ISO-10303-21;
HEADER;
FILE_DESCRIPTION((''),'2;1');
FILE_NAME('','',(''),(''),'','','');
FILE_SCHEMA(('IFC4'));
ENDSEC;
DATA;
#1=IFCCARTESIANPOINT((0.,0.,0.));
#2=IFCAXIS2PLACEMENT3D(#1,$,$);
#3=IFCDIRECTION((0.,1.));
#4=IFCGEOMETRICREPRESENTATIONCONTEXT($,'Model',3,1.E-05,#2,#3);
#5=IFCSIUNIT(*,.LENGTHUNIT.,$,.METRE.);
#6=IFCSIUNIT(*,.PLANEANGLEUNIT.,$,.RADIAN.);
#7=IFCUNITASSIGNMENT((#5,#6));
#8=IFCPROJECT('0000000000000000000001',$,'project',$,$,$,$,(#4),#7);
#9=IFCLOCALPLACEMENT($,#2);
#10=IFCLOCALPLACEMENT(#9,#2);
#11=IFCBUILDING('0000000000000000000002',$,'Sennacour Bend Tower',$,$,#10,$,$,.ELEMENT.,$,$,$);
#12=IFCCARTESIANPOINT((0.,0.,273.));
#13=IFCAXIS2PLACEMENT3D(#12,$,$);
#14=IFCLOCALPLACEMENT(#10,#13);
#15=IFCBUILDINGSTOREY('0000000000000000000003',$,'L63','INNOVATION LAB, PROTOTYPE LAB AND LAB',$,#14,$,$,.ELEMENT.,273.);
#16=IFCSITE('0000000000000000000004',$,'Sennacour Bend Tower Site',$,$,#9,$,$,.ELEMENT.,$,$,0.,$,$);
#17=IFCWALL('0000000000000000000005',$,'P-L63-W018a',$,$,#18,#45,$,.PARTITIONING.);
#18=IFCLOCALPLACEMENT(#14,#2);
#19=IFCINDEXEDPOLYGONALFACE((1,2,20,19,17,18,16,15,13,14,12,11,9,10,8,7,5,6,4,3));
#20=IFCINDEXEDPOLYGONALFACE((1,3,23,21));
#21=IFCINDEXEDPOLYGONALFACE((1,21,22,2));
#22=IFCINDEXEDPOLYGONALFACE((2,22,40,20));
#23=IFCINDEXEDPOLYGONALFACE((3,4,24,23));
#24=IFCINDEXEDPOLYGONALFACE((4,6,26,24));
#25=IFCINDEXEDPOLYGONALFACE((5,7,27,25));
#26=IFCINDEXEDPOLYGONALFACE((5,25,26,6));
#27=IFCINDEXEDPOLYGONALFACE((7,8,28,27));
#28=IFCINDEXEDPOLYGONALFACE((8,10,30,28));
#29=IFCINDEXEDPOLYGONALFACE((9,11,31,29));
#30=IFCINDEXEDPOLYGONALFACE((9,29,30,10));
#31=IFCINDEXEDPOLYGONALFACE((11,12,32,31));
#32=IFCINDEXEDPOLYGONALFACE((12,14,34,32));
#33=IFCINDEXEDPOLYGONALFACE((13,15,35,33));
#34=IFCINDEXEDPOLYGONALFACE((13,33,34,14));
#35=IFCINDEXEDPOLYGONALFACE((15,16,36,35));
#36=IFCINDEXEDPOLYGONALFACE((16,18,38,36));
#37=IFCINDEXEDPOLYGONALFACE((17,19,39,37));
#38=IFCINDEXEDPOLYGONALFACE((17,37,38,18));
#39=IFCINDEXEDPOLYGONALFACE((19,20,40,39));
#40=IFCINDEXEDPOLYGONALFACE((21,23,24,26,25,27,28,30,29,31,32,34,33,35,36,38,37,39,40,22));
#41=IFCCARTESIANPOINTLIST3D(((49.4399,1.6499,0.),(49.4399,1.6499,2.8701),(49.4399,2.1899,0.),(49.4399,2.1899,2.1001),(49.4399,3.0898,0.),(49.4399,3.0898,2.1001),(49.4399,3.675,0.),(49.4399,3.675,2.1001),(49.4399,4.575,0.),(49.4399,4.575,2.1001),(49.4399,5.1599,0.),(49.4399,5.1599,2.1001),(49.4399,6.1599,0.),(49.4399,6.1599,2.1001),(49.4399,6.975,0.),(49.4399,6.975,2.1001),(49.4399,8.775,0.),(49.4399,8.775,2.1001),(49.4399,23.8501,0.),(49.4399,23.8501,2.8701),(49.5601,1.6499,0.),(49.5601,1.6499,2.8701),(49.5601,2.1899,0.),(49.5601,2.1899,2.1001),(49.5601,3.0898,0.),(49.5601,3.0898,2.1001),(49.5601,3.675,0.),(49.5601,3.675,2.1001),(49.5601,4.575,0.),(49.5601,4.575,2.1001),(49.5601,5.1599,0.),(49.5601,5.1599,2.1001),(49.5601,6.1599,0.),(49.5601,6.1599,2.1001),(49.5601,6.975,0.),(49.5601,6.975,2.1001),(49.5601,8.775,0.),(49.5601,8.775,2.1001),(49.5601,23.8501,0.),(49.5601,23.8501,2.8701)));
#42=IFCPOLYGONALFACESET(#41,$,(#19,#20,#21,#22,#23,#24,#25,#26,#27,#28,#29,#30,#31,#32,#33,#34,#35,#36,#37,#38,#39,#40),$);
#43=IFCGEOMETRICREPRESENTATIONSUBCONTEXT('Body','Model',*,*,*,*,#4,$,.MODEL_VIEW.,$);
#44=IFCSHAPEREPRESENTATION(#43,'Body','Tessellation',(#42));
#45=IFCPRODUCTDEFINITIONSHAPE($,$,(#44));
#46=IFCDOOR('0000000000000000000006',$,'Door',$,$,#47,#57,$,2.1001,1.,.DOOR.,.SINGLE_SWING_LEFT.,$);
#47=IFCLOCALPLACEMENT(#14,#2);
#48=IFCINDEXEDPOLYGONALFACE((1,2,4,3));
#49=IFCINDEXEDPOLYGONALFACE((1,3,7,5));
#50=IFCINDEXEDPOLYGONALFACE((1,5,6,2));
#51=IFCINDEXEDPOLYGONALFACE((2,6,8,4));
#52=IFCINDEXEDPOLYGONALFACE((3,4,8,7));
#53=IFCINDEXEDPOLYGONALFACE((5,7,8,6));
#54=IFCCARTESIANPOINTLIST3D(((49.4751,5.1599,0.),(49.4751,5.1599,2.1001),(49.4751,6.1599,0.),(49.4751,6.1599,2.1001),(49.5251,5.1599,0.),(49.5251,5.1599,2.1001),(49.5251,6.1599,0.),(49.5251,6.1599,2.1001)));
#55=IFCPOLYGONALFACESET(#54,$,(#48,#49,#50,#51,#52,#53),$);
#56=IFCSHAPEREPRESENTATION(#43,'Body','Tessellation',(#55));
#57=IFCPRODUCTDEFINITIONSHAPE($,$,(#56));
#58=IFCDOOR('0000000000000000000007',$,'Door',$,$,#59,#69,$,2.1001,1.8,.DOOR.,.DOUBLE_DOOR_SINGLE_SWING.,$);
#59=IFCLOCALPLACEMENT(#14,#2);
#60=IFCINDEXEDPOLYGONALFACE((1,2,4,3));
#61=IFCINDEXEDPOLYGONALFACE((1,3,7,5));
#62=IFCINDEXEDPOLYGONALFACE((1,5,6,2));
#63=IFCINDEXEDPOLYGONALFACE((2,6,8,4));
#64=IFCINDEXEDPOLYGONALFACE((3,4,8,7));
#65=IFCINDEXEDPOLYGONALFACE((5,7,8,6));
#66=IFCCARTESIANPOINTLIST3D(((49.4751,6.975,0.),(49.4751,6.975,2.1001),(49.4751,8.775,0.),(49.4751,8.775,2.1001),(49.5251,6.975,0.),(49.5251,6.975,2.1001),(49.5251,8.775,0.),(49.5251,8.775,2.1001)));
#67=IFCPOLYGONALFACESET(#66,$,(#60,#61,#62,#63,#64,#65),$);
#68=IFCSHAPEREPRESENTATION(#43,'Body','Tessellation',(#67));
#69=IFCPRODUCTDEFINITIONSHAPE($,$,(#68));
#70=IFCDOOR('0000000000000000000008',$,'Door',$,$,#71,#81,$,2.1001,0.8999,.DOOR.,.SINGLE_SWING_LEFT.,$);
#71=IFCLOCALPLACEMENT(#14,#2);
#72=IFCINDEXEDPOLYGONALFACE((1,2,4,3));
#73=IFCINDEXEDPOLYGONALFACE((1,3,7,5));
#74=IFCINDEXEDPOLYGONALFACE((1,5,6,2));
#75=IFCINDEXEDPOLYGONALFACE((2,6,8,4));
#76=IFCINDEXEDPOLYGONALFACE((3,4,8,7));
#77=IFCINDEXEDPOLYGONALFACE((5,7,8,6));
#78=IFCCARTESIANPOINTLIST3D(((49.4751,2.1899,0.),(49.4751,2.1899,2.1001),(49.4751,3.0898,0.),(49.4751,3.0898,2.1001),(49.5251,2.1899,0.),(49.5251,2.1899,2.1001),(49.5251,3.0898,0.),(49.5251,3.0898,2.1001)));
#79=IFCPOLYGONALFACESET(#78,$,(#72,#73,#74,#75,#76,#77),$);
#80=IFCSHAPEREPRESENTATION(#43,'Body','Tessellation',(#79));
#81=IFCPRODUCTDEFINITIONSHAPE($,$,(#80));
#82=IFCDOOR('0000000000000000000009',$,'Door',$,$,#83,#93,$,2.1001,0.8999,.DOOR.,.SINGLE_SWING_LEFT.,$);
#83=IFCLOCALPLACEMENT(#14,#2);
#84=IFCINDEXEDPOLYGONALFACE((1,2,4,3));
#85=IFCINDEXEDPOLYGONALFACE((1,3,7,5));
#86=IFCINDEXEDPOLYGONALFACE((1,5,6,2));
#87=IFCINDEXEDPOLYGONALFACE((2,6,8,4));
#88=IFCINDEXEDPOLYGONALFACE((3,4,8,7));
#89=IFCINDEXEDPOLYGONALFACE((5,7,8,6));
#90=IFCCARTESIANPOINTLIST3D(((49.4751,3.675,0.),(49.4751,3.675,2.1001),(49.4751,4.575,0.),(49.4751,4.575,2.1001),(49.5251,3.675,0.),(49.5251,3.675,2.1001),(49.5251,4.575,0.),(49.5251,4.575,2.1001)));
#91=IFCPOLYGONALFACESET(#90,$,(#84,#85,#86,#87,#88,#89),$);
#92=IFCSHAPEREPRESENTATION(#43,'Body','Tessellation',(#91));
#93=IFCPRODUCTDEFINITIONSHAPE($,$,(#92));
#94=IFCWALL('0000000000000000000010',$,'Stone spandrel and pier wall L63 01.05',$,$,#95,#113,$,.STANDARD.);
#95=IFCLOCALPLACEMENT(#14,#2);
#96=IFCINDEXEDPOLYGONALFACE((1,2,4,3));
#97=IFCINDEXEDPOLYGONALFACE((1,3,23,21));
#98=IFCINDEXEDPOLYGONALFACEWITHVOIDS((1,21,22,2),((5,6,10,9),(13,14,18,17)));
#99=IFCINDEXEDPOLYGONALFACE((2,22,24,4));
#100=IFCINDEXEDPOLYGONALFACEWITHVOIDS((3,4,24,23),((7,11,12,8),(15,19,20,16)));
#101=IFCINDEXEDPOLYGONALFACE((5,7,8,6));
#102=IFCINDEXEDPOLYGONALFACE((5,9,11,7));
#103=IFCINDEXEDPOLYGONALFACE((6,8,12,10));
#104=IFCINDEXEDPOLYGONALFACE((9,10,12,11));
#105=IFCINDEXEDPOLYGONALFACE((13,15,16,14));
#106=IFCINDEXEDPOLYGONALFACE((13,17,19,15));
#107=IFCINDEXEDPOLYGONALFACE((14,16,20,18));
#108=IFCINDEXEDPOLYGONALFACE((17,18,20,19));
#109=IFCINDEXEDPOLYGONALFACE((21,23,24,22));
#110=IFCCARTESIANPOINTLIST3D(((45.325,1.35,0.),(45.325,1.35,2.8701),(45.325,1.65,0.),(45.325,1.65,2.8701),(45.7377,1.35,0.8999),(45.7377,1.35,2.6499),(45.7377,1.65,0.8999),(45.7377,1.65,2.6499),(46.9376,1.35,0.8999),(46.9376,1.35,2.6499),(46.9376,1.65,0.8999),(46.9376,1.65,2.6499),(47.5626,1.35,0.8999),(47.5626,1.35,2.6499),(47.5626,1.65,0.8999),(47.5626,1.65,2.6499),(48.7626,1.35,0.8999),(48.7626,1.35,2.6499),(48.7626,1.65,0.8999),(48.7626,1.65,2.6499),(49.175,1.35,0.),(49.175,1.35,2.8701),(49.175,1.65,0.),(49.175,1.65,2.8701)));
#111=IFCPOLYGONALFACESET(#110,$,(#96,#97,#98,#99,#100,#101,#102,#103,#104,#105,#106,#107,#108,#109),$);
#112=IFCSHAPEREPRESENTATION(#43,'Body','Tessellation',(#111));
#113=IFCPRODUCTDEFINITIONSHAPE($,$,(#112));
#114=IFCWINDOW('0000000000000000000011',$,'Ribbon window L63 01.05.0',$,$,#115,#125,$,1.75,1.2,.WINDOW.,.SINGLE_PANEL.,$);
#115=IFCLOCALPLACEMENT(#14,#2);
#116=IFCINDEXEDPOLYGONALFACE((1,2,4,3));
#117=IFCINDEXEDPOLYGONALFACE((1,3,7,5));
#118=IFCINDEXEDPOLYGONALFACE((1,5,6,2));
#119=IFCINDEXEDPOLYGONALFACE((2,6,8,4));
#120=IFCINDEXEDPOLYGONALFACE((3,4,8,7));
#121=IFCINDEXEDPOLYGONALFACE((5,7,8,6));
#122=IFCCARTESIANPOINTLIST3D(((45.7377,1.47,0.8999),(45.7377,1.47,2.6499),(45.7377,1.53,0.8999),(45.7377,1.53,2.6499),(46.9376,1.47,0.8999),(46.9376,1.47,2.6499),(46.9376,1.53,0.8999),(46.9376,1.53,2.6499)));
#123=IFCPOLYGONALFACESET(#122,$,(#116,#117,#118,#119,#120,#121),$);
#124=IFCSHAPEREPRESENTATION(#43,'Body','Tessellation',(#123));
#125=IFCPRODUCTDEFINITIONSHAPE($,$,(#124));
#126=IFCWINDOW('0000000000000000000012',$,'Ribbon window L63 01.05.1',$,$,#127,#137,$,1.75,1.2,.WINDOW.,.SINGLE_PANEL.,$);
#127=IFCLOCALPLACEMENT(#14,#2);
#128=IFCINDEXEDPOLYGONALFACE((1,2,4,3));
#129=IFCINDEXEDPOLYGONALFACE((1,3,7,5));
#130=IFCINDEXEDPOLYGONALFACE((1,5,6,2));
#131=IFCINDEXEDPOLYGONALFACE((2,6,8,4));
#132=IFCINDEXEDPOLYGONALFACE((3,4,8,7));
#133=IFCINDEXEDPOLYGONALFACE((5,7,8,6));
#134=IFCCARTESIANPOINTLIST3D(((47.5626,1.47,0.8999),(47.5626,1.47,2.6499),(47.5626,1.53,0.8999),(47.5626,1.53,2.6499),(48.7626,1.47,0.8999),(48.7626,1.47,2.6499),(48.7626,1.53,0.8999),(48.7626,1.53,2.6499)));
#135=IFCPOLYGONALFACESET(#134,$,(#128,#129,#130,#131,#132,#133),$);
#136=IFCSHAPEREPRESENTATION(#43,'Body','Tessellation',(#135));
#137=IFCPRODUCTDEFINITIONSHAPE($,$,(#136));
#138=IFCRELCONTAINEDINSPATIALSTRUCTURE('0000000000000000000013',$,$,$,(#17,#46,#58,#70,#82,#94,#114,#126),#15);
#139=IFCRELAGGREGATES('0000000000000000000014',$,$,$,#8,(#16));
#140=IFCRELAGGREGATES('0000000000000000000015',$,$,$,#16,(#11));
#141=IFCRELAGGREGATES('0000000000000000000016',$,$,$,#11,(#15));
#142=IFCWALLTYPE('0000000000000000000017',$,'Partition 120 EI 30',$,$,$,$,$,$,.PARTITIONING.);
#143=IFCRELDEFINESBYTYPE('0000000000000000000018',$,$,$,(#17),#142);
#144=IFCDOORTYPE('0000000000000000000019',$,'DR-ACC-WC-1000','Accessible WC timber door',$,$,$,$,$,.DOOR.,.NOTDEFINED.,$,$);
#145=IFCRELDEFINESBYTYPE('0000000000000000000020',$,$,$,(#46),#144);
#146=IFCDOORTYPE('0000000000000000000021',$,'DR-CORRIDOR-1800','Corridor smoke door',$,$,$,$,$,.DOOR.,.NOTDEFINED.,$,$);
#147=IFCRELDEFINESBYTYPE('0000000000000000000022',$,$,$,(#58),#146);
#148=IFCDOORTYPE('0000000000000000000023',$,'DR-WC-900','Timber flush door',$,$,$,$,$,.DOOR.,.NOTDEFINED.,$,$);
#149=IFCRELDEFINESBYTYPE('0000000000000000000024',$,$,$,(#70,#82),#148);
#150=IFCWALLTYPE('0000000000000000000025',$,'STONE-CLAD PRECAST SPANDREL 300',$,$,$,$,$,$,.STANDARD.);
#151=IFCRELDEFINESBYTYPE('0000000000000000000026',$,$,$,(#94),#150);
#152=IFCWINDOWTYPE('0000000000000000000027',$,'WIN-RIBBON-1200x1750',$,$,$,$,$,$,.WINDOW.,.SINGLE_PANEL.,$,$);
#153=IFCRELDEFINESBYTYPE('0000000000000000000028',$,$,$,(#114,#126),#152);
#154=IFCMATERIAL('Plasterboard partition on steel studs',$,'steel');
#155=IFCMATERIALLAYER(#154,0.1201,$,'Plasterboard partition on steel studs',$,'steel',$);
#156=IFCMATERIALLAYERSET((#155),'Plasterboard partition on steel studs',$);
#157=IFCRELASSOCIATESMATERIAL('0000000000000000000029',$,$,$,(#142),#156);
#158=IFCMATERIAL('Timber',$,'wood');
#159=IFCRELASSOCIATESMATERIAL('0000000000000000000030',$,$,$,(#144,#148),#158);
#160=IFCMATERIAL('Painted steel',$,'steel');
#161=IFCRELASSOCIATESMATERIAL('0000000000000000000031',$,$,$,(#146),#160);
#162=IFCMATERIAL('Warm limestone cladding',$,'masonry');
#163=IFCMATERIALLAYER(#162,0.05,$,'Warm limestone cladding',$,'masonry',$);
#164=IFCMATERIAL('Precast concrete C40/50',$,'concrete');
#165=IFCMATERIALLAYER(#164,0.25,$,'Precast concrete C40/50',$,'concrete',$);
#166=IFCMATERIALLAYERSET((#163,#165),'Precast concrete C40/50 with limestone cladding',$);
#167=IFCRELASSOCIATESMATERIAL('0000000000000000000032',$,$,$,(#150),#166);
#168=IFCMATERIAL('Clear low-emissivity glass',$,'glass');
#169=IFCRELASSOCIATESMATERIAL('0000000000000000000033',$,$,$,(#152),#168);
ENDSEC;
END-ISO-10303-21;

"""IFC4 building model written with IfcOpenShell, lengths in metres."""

from ifc_helpers import new_model, si_unit, direction, frame, frame_2d, origin, place, context, subcontext, project, spatial, rectangle, extrude, material, layer, layer_set, type_object, element, fill, save


model = new_model("IFC4")

# Units and contexts
model_context = context("Model", 3, precision=1e-05, world=origin(), true_north=direction((0.0, 1.0)))
body_context = subcontext(model_context, "Body", "Model", "MODEL_VIEW")
ifc_project = project(units=[si_unit("LENGTHUNIT", "METRE"), si_unit("PLANEANGLEUNIT", "RADIAN")], contexts=[model_context])

# Site, building, storey
site_placement = place(None, origin())
site = spatial("IfcSite", under=ifc_project, at=site_placement, Name="Sennacour Bend Tower Site", CompositionType="ELEMENT", RefElevation=0.0)
building_placement = place(site_placement, origin())
building = spatial("IfcBuilding", under=site, at=building_placement, Name="Sennacour Bend Tower", CompositionType="ELEMENT")
storey_placement = place(building_placement, frame((0.0, 0.0, 273.0)))
storey = spatial("IfcBuildingStorey", under=building, at=storey_placement, Name="L63", Description="INNOVATION LAB, PROTOTYPE LAB AND LAB", CompositionType="ELEMENT", Elevation=273.0)

# Shared definitions
ifc_material_1 = material(Name="Painted steel", Category="steel")

# Shared definitions
ifc_material_2 = material(Name="Plasterboard partition on steel studs", Category="steel")

# Wall, openings, doors
ifc_layer_1 = layer(ifc_material_2, 0.1201, Name="Plasterboard partition on steel studs", Category="steel")
ifc_layer_set_1 = layer_set([ifc_layer_1], Name="Plasterboard partition on steel studs")
wall_type_1 = type_object("IfcWallType", Name="Partition 120 EI 30", PredefinedType="PARTITIONING", material=ifc_layer_set_1)
wall_1_placement = place(storey_placement, frame((49.5, 1.6499, 0.0), z_axis=(0.0, 0.0, 1.0), x_axis=(0.0, 1.0, 0.0)))
wall_1 = element("IfcWall", 1, at=wall_1_placement, inside=storey, type_object=wall_type_1, Name="P-L63-W018a", PredefinedType="PARTITIONING", context=body_context, shape_type="SweptSolid", body=[
    extrude(rectangle(XDim=22.2002, YDim=0.1201, at=frame_2d((11.1001, 0.0))), origin(), (0.0, 0.0, 1.0), 2.8701),
])
opening_1_placement = place(wall_1_placement, frame((5.3252, 0.0, 0.0)))
opening_1 = element("IfcOpeningElement", 2, at=opening_1_placement, cuts=wall_1, PredefinedType="OPENING", context=body_context, shape_type="SweptSolid", body=[
    extrude(rectangle(XDim=1.8, YDim=2.1001, at=frame_2d((0.8999, 1.05))), frame((0.0, 0.0701, 0.0), z_axis=(0.0, -1.0, 0.0), x_axis=(1.0, 0.0, 0.0)), (0.0, 0.0, 1.0), 0.1401),
])
opening_2_placement = place(wall_1_placement, frame((0.54, 0.0, 0.0)))
opening_2 = element("IfcOpeningElement", 3, at=opening_2_placement, cuts=wall_1, PredefinedType="OPENING", context=body_context, shape_type="SweptSolid", body=[
    extrude(rectangle(XDim=0.8999, YDim=2.1001, at=frame_2d((0.45, 1.05))), frame((0.0, 0.0701, 0.0), z_axis=(0.0, -1.0, 0.0), x_axis=(1.0, 0.0, 0.0)), (0.0, 0.0, 1.0), 0.1401),
])
opening_3_placement = place(wall_1_placement, frame((2.0251, 0.0, 0.0)))
opening_3 = element("IfcOpeningElement", 4, at=opening_3_placement, cuts=wall_1, PredefinedType="OPENING", context=body_context, shape_type="SweptSolid", body=[
    extrude(rectangle(XDim=0.8999, YDim=2.1001, at=frame_2d((0.45, 1.05))), frame((0.0, 0.0701, 0.0), z_axis=(0.0, -1.0, 0.0), x_axis=(1.0, 0.0, 0.0)), (0.0, 0.0, 1.0), 0.1401),
])
opening_4_placement = place(wall_1_placement, frame((3.51, 0.0, 0.0)))
opening_4 = element("IfcOpeningElement", 5, at=opening_4_placement, cuts=wall_1, PredefinedType="OPENING", context=body_context, shape_type="SweptSolid", body=[
    extrude(rectangle(XDim=1.0, YDim=2.1001, at=frame_2d((0.5, 1.05))), frame((0.0, 0.0701, 0.0), z_axis=(0.0, -1.0, 0.0), x_axis=(1.0, 0.0, 0.0)), (0.0, 0.0, 1.0), 0.1401),
])
ifc_material_3 = material(Name="Timber", Category="wood")
door_type_1 = type_object("IfcDoorType", Name="DR-ACC-WC-1000", Description="Accessible WC timber door", OperationType="NOTDEFINED", PredefinedType="DOOR", material=ifc_material_3)
door_1_placement = place(opening_4_placement, origin())
door_1 = element("IfcDoor", 6, at=door_1_placement, inside=storey, type_object=door_type_1, Name="Door", OperationType="SINGLE_SWING_LEFT", OverallHeight=2.1001, OverallWidth=1.0, PredefinedType="DOOR", context=body_context, shape_type="SweptSolid", body=[
    extrude(rectangle(XDim=1.0, YDim=2.1001, at=frame_2d((0.5, 1.05))), frame((0.0, 0.0249, 0.0), z_axis=(0.0, -1.0, 0.0), x_axis=(1.0, 0.0, 0.0)), (0.0, 0.0, 1.0), 0.05),
])
fill(opening_4, door_1)
door_type_2 = type_object("IfcDoorType", Name="DR-CORRIDOR-1800", Description="Corridor smoke door", OperationType="NOTDEFINED", PredefinedType="DOOR", material=ifc_material_1)
door_2_placement = place(opening_1_placement, origin())
door_2 = element("IfcDoor", 7, at=door_2_placement, inside=storey, type_object=door_type_2, Name="Door", OperationType="DOUBLE_DOOR_SINGLE_SWING", OverallHeight=2.1001, OverallWidth=1.8, PredefinedType="DOOR", context=body_context, shape_type="SweptSolid", body=[
    extrude(rectangle(XDim=1.8, YDim=2.1001, at=frame_2d((0.8999, 1.05))), frame((0.0, 0.0249, 0.0), z_axis=(0.0, -1.0, 0.0), x_axis=(1.0, 0.0, 0.0)), (0.0, 0.0, 1.0), 0.05),
])
fill(opening_1, door_2)
door_type_3 = type_object("IfcDoorType", Name="DR-WC-900", Description="Timber flush door", OperationType="NOTDEFINED", PredefinedType="DOOR", material=ifc_material_3)
door_3_placement = place(opening_2_placement, origin())
door_3 = element("IfcDoor", 8, at=door_3_placement, inside=storey, type_object=door_type_3, Name="Door", OperationType="SINGLE_SWING_LEFT", OverallHeight=2.1001, OverallWidth=0.8999, PredefinedType="DOOR", context=body_context, shape_type="SweptSolid", body=[
    extrude(rectangle(XDim=0.8999, YDim=2.1001, at=frame_2d((0.45, 1.05))), frame((0.0, 0.0249, 0.0), z_axis=(0.0, -1.0, 0.0), x_axis=(1.0, 0.0, 0.0)), (0.0, 0.0, 1.0), 0.05),
])
fill(opening_2, door_3)
door_4_placement = place(opening_3_placement, origin())
door_4 = element("IfcDoor", 9, at=door_4_placement, inside=storey, type_object=door_type_3, Name="Door", OperationType="SINGLE_SWING_LEFT", OverallHeight=2.1001, OverallWidth=0.8999, PredefinedType="DOOR", context=body_context, shape_type="SweptSolid", body=[
    extrude(rectangle(XDim=0.8999, YDim=2.1001, at=frame_2d((0.45, 1.05))), frame((0.0, 0.0249, 0.0), z_axis=(0.0, -1.0, 0.0), x_axis=(1.0, 0.0, 0.0)), (0.0, 0.0, 1.0), 0.05),
])
fill(opening_3, door_4)

# Wall, openings, windows
ifc_material_4 = material(Name="Warm limestone cladding", Category="masonry")
ifc_layer_2 = layer(ifc_material_4, 0.05, Name="Warm limestone cladding", Category="masonry")
ifc_material_5 = material(Name="Precast concrete C40/50", Category="concrete")
ifc_layer_3 = layer(ifc_material_5, 0.25, Name="Precast concrete C40/50", Category="concrete")
ifc_layer_set_2 = layer_set([ifc_layer_2, ifc_layer_3], Name="Precast concrete C40/50 with limestone cladding")
wall_type_2 = type_object("IfcWallType", Name="STONE-CLAD PRECAST SPANDREL 300", PredefinedType="STANDARD", material=ifc_layer_set_2)
wall_2_placement = place(storey_placement, frame((45.325, 1.5, 0.0), z_axis=(0.0, 0.0, 1.0), x_axis=(1.0, 0.0, 0.0)))
wall_2 = element("IfcWall", 10, at=wall_2_placement, inside=storey, type_object=wall_type_2, Name="Stone spandrel and pier wall L63 01.05", PredefinedType="STANDARD", context=body_context, shape_type="SweptSolid", body=[
    extrude(rectangle(XDim=3.8501, YDim=0.3, at=frame_2d((1.925, 0.0))), origin(), (0.0, 0.0, 1.0), 2.8701),
])
opening_5_placement = place(wall_2_placement, frame((0.4126, 0.0, 0.8999)))
opening_5 = element("IfcOpeningElement", 11, at=opening_5_placement, cuts=wall_2, PredefinedType="OPENING", context=body_context, shape_type="SweptSolid", body=[
    extrude(rectangle(XDim=1.2, YDim=1.75, at=frame_2d((0.6001, 0.875))), frame((0.0, 0.1602, 0.0), z_axis=(0.0, -1.0, 0.0), x_axis=(1.0, 0.0, 0.0)), (0.0, 0.0, 1.0), 0.3201),
])
opening_6_placement = place(wall_2_placement, frame((2.2375, 0.0, 0.8999)))
opening_6 = element("IfcOpeningElement", 12, at=opening_6_placement, cuts=wall_2, PredefinedType="OPENING", context=body_context, shape_type="SweptSolid", body=[
    extrude(rectangle(XDim=1.2, YDim=1.75, at=frame_2d((0.6001, 0.875))), frame((0.0, 0.1602, 0.0), z_axis=(0.0, -1.0, 0.0), x_axis=(1.0, 0.0, 0.0)), (0.0, 0.0, 1.0), 0.3201),
])
ifc_material_6 = material(Name="Clear low-emissivity glass", Category="glass")
window_type_1 = type_object("IfcWindowType", Name="WIN-RIBBON-1200x1750", PartitioningType="SINGLE_PANEL", PredefinedType="WINDOW", material=ifc_material_6)
window_1_placement = place(opening_5_placement, origin())
window_1 = element("IfcWindow", 13, at=window_1_placement, inside=storey, type_object=window_type_1, Name="Ribbon window L63 01.05.0", OverallHeight=1.75, OverallWidth=1.2, PartitioningType="SINGLE_PANEL", PredefinedType="WINDOW", context=body_context, shape_type="SweptSolid", body=[
    extrude(rectangle(XDim=1.2, YDim=1.75, at=frame_2d((0.6001, 0.875))), frame((0.0, 0.03, 0.0), z_axis=(0.0, -1.0, 0.0), x_axis=(1.0, 0.0, 0.0)), (0.0, 0.0, 1.0), 0.0601),
])
fill(opening_5, window_1)
window_2_placement = place(opening_6_placement, origin())
window_2 = element("IfcWindow", 14, at=window_2_placement, inside=storey, type_object=window_type_1, Name="Ribbon window L63 01.05.1", OverallHeight=1.75, OverallWidth=1.2, PartitioningType="SINGLE_PANEL", PredefinedType="WINDOW", context=body_context, shape_type="SweptSolid", body=[
    extrude(rectangle(XDim=1.2, YDim=1.75, at=frame_2d((0.6001, 0.875))), frame((0.0, 0.03, 0.0), z_axis=(0.0, -1.0, 0.0), x_axis=(1.0, 0.0, 0.0)), (0.0, 0.0, 1.0), 0.0601),
])
fill(opening_6, window_2)

save(model, "model.ifc")
